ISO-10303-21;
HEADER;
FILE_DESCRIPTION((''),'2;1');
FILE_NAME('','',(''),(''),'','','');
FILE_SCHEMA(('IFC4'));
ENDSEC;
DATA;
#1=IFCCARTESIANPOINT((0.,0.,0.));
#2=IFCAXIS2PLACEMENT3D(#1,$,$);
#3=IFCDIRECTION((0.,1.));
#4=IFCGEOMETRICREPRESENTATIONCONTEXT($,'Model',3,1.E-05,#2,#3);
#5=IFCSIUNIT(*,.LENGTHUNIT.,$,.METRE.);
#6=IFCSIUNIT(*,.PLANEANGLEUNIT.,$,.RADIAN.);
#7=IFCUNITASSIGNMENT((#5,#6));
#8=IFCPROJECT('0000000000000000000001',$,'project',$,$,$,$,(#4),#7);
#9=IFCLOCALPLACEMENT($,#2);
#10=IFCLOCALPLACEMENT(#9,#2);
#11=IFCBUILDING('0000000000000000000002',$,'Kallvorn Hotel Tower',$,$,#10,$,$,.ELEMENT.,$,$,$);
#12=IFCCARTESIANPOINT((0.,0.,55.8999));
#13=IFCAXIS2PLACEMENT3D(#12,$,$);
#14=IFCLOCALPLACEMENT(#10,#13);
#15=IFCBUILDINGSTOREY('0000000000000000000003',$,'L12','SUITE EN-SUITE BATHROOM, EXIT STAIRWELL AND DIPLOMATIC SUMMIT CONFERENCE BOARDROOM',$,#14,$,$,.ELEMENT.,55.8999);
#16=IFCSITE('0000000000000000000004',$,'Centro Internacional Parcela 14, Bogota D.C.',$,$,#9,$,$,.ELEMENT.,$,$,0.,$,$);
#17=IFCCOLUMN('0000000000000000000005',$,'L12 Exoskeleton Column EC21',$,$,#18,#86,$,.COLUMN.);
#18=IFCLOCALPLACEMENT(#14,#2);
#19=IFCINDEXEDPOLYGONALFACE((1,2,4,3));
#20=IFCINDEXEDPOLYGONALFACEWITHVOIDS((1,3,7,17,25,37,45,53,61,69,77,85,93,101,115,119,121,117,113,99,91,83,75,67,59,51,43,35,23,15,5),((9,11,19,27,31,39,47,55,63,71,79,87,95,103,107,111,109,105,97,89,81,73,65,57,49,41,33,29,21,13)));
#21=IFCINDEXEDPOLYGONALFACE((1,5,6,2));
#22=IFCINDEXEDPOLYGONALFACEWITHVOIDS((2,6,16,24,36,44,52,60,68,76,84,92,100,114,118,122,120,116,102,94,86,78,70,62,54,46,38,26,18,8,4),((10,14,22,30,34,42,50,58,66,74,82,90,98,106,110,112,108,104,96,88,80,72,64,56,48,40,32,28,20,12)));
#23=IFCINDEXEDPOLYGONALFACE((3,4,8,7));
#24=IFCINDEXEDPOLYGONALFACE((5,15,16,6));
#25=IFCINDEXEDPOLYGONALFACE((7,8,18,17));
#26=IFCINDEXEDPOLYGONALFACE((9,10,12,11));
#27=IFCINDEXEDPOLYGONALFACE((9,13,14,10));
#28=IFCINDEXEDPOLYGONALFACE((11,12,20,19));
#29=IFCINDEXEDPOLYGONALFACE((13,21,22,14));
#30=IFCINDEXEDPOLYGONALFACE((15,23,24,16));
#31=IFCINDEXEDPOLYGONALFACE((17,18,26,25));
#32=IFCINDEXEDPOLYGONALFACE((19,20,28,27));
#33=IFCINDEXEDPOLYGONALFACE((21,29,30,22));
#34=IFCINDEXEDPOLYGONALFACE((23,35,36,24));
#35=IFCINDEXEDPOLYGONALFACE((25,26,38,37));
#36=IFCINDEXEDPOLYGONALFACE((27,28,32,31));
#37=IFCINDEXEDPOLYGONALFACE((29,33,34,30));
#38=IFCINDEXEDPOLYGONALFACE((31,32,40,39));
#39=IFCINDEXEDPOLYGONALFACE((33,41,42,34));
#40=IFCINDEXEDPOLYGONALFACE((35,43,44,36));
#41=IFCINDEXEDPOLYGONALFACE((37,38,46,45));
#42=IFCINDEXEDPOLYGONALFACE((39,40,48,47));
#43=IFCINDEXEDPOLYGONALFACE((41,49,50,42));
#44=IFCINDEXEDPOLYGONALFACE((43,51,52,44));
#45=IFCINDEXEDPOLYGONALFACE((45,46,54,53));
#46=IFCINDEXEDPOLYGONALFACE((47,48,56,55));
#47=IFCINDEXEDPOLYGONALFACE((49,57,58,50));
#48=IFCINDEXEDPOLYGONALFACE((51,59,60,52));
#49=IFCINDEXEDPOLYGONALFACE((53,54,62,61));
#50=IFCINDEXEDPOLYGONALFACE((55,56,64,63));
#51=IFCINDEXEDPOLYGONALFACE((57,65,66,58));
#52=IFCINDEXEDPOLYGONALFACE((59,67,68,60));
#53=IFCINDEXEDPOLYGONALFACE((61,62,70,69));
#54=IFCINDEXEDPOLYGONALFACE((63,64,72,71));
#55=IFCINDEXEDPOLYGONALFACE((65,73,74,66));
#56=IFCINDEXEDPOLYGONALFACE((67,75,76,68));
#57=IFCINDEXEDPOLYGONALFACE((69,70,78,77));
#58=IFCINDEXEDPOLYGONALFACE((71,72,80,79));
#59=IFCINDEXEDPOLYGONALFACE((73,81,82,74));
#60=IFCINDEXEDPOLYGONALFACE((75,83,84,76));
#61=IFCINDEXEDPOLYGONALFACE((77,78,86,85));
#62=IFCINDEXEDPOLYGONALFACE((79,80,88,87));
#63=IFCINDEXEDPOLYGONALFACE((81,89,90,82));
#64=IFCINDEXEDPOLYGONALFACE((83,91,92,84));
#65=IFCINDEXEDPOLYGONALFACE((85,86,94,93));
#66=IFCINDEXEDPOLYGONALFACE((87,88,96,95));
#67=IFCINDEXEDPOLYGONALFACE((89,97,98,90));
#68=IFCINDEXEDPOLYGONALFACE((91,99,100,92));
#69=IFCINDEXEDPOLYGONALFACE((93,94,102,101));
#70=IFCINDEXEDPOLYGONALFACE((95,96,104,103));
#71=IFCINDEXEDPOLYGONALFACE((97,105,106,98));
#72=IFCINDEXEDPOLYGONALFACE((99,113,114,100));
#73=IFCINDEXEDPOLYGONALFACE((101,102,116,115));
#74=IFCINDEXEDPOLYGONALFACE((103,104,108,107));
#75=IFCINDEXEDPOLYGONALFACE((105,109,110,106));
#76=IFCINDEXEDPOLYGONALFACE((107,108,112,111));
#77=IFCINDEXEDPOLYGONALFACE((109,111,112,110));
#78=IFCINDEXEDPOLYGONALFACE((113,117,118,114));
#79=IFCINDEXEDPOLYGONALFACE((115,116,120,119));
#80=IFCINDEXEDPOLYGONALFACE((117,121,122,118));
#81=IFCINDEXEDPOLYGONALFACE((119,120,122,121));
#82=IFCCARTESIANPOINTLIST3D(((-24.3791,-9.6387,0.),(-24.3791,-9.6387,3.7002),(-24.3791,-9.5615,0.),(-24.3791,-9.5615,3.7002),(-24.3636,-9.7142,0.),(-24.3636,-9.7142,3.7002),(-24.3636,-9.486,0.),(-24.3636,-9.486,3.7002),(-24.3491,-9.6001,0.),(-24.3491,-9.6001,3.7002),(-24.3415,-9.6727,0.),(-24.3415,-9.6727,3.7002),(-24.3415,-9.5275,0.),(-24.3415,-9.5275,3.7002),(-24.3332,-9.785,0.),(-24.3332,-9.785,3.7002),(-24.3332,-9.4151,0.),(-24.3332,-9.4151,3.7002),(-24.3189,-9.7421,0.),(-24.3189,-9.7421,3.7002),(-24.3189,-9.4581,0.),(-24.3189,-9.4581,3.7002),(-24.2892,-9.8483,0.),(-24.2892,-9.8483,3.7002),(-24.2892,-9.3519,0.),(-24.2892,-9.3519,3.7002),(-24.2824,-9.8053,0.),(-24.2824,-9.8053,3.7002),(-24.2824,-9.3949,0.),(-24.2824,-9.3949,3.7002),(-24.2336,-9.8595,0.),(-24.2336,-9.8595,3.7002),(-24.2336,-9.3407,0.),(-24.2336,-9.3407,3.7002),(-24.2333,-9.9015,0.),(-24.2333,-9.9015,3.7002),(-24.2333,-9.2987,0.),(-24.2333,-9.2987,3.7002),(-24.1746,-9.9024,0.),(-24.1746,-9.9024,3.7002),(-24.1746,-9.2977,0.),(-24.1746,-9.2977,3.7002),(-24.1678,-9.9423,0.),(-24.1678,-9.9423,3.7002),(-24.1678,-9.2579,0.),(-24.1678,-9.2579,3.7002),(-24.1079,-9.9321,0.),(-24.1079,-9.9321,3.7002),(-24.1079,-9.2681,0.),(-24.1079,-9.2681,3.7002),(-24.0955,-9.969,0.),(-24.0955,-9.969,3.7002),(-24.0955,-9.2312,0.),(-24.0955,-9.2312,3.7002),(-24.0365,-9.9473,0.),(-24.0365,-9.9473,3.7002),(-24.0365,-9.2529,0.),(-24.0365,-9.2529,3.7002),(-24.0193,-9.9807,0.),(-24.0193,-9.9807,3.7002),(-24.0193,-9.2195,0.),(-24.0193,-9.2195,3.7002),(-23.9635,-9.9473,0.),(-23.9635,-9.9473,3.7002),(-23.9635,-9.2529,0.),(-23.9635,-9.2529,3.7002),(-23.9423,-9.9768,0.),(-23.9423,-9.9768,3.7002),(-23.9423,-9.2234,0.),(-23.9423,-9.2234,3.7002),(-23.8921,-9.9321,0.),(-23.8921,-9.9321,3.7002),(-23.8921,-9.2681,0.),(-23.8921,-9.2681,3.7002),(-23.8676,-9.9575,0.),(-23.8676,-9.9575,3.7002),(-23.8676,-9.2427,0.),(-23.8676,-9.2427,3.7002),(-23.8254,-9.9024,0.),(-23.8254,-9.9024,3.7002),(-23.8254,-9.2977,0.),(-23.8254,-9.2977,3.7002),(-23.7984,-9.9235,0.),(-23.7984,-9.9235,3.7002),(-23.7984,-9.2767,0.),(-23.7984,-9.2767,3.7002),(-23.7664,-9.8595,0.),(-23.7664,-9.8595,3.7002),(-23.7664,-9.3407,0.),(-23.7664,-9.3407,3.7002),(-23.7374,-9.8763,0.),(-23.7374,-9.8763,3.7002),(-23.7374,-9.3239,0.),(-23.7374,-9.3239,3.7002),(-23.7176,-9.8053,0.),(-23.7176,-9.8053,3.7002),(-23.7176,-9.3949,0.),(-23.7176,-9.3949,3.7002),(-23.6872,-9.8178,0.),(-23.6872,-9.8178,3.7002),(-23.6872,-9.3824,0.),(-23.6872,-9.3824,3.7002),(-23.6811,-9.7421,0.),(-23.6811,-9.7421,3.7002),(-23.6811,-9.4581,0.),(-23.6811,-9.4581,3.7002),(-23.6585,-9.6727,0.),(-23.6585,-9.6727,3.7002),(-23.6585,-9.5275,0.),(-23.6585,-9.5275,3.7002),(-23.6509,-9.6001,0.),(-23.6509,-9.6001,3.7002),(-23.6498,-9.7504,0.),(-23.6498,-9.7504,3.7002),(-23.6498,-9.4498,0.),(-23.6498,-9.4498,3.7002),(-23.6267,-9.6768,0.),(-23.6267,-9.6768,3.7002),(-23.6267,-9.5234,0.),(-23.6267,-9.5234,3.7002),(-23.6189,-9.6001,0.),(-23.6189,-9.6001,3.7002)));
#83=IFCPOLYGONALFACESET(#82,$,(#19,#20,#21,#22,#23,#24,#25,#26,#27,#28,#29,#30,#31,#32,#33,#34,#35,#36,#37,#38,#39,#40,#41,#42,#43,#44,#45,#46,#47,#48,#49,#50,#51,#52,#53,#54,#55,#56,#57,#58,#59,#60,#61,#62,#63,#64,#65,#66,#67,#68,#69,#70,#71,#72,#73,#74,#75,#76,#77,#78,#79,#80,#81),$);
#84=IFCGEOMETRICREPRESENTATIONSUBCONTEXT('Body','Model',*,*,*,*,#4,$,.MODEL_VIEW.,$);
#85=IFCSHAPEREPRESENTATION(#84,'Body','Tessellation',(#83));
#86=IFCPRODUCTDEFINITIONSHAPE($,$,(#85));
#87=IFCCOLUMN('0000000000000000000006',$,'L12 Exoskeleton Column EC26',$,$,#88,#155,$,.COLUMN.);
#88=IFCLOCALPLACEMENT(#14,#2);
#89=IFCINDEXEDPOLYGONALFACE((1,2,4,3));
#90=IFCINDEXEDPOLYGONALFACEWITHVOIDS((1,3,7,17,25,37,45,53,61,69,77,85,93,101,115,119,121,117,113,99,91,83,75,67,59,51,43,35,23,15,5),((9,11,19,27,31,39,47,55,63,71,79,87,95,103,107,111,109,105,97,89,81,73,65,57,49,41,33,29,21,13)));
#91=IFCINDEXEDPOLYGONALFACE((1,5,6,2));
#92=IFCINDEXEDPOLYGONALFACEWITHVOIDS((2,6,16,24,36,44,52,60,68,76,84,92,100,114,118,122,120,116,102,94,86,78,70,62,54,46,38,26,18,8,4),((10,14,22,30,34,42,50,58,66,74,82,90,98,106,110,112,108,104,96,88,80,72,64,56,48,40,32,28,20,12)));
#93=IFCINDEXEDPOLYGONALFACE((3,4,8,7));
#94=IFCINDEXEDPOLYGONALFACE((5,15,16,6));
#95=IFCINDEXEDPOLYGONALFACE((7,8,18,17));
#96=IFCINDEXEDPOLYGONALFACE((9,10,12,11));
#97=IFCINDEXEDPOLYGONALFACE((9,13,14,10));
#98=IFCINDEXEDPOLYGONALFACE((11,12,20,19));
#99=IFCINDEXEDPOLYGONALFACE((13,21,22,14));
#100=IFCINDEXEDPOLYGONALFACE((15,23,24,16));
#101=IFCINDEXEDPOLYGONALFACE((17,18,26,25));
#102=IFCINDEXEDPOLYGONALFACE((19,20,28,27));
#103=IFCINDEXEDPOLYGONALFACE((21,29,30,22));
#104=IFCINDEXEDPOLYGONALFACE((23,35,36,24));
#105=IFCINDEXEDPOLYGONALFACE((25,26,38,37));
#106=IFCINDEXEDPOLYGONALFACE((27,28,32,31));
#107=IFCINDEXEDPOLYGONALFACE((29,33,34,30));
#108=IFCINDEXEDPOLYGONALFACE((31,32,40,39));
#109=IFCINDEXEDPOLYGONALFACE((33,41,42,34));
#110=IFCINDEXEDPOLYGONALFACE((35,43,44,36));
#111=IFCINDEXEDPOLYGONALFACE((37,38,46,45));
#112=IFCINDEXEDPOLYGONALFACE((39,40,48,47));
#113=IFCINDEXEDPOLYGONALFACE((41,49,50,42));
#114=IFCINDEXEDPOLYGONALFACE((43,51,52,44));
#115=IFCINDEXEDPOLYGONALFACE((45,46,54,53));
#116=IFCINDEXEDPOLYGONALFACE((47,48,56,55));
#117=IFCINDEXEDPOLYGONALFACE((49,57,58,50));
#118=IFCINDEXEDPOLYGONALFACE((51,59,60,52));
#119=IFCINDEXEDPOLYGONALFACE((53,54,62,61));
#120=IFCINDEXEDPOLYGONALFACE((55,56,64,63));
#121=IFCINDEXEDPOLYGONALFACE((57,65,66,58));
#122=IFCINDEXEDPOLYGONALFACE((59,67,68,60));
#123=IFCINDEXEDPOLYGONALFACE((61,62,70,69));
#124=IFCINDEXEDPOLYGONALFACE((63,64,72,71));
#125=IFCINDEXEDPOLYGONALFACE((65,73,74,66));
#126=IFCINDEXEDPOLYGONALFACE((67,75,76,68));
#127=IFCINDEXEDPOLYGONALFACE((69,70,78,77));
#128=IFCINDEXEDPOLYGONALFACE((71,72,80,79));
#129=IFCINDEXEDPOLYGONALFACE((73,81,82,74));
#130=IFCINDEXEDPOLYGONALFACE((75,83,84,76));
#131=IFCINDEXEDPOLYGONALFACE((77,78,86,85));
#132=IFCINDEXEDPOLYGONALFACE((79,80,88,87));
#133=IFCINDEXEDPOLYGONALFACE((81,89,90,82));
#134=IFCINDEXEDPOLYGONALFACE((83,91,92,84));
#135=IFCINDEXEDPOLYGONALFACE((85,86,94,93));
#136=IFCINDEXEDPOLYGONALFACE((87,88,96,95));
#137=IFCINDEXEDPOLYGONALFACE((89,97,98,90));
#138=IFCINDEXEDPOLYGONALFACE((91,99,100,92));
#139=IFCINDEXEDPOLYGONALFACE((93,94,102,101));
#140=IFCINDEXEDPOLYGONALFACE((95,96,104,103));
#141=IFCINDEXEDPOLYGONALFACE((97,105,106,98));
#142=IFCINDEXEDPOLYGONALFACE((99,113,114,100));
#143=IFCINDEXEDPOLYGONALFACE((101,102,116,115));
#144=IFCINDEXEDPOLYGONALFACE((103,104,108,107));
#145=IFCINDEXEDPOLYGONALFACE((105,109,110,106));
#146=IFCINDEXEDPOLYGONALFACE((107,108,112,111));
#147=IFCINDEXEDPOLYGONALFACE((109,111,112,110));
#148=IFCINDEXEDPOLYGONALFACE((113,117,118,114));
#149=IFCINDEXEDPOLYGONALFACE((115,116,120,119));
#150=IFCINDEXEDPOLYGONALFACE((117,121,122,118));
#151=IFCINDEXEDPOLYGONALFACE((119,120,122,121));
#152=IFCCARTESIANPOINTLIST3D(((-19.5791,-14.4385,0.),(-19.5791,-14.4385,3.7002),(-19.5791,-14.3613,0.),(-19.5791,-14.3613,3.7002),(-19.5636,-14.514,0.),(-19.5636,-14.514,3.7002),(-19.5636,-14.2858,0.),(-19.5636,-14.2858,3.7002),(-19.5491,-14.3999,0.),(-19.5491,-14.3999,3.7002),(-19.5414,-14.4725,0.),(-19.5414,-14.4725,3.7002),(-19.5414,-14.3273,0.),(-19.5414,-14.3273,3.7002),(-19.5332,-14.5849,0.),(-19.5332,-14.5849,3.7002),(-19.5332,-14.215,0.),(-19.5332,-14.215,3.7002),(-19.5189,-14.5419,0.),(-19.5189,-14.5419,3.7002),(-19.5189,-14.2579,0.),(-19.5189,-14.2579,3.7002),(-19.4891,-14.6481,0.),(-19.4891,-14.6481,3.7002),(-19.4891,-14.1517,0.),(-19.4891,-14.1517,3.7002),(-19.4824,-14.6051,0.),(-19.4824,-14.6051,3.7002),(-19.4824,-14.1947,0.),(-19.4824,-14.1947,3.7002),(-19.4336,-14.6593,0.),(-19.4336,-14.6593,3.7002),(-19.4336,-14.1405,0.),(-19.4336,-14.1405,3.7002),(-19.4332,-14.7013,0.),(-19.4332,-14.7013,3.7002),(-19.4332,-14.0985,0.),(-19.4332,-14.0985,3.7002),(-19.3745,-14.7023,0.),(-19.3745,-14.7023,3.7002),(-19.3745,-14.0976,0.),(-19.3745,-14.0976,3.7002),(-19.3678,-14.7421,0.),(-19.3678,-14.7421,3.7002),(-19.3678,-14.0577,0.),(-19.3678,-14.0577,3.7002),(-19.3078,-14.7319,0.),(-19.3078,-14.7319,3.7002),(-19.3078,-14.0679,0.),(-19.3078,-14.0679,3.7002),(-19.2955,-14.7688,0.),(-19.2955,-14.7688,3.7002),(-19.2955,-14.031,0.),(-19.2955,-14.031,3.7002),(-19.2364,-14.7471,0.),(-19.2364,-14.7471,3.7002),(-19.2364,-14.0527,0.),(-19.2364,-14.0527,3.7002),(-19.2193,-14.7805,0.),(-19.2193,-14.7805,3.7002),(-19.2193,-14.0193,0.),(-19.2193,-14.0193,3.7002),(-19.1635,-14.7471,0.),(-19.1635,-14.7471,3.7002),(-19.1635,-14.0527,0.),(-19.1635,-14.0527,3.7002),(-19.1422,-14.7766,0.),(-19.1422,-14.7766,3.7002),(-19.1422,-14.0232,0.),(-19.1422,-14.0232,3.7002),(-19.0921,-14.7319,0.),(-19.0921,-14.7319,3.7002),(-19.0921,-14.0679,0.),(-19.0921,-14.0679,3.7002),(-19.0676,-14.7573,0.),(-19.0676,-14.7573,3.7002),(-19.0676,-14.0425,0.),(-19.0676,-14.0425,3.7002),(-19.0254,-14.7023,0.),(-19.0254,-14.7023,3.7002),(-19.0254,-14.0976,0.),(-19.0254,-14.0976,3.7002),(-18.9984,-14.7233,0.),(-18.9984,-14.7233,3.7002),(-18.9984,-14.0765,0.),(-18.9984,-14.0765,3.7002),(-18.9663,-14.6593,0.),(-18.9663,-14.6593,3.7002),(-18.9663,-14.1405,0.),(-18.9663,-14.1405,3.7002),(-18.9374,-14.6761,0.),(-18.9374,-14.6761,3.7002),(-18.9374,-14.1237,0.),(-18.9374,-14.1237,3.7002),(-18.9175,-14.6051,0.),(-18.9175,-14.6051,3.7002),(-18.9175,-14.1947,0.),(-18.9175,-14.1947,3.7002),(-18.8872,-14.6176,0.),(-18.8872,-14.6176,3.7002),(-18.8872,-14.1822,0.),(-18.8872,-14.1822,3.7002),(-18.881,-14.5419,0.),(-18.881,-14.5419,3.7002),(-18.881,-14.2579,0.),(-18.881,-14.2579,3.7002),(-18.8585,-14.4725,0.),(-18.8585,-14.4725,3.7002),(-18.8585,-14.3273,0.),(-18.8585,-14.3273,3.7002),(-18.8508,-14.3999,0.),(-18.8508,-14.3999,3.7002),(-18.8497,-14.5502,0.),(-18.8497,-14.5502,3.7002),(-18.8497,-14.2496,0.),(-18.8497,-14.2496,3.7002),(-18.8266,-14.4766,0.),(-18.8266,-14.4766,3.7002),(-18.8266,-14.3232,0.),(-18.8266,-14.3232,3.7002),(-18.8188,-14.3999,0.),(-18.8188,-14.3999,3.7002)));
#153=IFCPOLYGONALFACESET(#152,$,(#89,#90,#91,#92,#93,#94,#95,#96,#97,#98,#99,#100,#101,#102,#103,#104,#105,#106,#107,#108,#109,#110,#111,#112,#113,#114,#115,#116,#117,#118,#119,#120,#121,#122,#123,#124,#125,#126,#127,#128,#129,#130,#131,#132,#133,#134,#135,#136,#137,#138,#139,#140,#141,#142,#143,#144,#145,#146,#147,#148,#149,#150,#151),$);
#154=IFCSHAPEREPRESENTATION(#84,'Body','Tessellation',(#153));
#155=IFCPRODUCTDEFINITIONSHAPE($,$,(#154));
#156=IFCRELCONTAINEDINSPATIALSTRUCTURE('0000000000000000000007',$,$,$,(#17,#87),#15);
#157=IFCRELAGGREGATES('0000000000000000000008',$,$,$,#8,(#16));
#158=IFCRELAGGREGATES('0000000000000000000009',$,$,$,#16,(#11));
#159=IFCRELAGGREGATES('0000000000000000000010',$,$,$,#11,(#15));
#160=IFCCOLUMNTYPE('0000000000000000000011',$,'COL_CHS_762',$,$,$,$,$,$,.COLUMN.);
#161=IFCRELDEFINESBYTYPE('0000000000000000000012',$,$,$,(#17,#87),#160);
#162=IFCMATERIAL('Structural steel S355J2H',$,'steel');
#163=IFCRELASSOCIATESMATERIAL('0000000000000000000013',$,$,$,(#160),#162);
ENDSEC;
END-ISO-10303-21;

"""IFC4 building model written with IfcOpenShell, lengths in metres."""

from ifc_helpers import new_model, si_unit, direction, frame, origin, origin_2d, place, context, subcontext, project, spatial, hollow_circle, extrude, material, material_profile, profile_set, type_object, element, save


model = new_model("IFC4")

# Units and contexts
model_context = context("Model", 3, precision=1e-05, world=origin(), true_north=direction((0.0, 1.0)))
body_context = subcontext(model_context, "Body", "Model", "MODEL_VIEW")
ifc_project = project(units=[si_unit("LENGTHUNIT", "METRE"), si_unit("PLANEANGLEUNIT", "RADIAN")], contexts=[model_context])

# Site, building, storey
site_placement = place(None, origin())
site = spatial("IfcSite", under=ifc_project, at=site_placement, Name="Centro Internacional Parcela 14, Bogota D.C.", CompositionType="ELEMENT", RefElevation=0.0)
building_placement = place(site_placement, origin())
building = spatial("IfcBuilding", under=site, at=building_placement, Name="Kallvorn Hotel Tower", CompositionType="ELEMENT")
storey_placement = place(building_placement, frame((0.0, 0.0, 55.8999)))
storey = spatial("IfcBuildingStorey", under=building, at=storey_placement, Name="L12", Description="SUITE EN-SUITE BATHROOM, EXIT STAIRWELL AND DIPLOMATIC SUMMIT CONFERENCE BOARDROOM", CompositionType="ELEMENT", Elevation=55.8999)

# Columns
ifc_material_1 = material(Name="Structural steel S355J2H", Category="steel")
ifc_material_profile_1 = material_profile(ifc_material_1, hollow_circle(Radius=0.3811, WallThickness=0.032, at=origin_2d()), Name="CHS 762x32")
ifc_profile_set_1 = profile_set([ifc_material_profile_1], Name="Structural steel S355J2H")
column_type_1 = type_object("IfcColumnType", Name="COL_CHS_762", PredefinedType="COLUMN", material=ifc_profile_set_1)
for number, where, z_axis, x_axis, name in (
    (1, (-24.0, -9.6001, 0.0), (0.0, 0.0, 1.0), (1.0, 0.0, 0.0), "L12 Exoskeleton Column EC21"),
    (2, (-19.2, -14.3999, 0.0), (0.0, 0.0, 1.0), (1.0, 0.0, 0.0), "L12 Exoskeleton Column EC26"),
):
    element("IfcColumn", number, at=place(storey_placement, frame(where, z_axis=z_axis, x_axis=x_axis)), inside=storey, type_object=column_type_1, Name=name, PredefinedType="COLUMN", context=body_context, shape_type="SweptSolid", body=[
        extrude(hollow_circle(Radius=0.3811, WallThickness=0.032, at=origin_2d()), origin(), (0.0, 0.0, 1.0), 3.7002),
    ])

save(model, "model.ifc")
